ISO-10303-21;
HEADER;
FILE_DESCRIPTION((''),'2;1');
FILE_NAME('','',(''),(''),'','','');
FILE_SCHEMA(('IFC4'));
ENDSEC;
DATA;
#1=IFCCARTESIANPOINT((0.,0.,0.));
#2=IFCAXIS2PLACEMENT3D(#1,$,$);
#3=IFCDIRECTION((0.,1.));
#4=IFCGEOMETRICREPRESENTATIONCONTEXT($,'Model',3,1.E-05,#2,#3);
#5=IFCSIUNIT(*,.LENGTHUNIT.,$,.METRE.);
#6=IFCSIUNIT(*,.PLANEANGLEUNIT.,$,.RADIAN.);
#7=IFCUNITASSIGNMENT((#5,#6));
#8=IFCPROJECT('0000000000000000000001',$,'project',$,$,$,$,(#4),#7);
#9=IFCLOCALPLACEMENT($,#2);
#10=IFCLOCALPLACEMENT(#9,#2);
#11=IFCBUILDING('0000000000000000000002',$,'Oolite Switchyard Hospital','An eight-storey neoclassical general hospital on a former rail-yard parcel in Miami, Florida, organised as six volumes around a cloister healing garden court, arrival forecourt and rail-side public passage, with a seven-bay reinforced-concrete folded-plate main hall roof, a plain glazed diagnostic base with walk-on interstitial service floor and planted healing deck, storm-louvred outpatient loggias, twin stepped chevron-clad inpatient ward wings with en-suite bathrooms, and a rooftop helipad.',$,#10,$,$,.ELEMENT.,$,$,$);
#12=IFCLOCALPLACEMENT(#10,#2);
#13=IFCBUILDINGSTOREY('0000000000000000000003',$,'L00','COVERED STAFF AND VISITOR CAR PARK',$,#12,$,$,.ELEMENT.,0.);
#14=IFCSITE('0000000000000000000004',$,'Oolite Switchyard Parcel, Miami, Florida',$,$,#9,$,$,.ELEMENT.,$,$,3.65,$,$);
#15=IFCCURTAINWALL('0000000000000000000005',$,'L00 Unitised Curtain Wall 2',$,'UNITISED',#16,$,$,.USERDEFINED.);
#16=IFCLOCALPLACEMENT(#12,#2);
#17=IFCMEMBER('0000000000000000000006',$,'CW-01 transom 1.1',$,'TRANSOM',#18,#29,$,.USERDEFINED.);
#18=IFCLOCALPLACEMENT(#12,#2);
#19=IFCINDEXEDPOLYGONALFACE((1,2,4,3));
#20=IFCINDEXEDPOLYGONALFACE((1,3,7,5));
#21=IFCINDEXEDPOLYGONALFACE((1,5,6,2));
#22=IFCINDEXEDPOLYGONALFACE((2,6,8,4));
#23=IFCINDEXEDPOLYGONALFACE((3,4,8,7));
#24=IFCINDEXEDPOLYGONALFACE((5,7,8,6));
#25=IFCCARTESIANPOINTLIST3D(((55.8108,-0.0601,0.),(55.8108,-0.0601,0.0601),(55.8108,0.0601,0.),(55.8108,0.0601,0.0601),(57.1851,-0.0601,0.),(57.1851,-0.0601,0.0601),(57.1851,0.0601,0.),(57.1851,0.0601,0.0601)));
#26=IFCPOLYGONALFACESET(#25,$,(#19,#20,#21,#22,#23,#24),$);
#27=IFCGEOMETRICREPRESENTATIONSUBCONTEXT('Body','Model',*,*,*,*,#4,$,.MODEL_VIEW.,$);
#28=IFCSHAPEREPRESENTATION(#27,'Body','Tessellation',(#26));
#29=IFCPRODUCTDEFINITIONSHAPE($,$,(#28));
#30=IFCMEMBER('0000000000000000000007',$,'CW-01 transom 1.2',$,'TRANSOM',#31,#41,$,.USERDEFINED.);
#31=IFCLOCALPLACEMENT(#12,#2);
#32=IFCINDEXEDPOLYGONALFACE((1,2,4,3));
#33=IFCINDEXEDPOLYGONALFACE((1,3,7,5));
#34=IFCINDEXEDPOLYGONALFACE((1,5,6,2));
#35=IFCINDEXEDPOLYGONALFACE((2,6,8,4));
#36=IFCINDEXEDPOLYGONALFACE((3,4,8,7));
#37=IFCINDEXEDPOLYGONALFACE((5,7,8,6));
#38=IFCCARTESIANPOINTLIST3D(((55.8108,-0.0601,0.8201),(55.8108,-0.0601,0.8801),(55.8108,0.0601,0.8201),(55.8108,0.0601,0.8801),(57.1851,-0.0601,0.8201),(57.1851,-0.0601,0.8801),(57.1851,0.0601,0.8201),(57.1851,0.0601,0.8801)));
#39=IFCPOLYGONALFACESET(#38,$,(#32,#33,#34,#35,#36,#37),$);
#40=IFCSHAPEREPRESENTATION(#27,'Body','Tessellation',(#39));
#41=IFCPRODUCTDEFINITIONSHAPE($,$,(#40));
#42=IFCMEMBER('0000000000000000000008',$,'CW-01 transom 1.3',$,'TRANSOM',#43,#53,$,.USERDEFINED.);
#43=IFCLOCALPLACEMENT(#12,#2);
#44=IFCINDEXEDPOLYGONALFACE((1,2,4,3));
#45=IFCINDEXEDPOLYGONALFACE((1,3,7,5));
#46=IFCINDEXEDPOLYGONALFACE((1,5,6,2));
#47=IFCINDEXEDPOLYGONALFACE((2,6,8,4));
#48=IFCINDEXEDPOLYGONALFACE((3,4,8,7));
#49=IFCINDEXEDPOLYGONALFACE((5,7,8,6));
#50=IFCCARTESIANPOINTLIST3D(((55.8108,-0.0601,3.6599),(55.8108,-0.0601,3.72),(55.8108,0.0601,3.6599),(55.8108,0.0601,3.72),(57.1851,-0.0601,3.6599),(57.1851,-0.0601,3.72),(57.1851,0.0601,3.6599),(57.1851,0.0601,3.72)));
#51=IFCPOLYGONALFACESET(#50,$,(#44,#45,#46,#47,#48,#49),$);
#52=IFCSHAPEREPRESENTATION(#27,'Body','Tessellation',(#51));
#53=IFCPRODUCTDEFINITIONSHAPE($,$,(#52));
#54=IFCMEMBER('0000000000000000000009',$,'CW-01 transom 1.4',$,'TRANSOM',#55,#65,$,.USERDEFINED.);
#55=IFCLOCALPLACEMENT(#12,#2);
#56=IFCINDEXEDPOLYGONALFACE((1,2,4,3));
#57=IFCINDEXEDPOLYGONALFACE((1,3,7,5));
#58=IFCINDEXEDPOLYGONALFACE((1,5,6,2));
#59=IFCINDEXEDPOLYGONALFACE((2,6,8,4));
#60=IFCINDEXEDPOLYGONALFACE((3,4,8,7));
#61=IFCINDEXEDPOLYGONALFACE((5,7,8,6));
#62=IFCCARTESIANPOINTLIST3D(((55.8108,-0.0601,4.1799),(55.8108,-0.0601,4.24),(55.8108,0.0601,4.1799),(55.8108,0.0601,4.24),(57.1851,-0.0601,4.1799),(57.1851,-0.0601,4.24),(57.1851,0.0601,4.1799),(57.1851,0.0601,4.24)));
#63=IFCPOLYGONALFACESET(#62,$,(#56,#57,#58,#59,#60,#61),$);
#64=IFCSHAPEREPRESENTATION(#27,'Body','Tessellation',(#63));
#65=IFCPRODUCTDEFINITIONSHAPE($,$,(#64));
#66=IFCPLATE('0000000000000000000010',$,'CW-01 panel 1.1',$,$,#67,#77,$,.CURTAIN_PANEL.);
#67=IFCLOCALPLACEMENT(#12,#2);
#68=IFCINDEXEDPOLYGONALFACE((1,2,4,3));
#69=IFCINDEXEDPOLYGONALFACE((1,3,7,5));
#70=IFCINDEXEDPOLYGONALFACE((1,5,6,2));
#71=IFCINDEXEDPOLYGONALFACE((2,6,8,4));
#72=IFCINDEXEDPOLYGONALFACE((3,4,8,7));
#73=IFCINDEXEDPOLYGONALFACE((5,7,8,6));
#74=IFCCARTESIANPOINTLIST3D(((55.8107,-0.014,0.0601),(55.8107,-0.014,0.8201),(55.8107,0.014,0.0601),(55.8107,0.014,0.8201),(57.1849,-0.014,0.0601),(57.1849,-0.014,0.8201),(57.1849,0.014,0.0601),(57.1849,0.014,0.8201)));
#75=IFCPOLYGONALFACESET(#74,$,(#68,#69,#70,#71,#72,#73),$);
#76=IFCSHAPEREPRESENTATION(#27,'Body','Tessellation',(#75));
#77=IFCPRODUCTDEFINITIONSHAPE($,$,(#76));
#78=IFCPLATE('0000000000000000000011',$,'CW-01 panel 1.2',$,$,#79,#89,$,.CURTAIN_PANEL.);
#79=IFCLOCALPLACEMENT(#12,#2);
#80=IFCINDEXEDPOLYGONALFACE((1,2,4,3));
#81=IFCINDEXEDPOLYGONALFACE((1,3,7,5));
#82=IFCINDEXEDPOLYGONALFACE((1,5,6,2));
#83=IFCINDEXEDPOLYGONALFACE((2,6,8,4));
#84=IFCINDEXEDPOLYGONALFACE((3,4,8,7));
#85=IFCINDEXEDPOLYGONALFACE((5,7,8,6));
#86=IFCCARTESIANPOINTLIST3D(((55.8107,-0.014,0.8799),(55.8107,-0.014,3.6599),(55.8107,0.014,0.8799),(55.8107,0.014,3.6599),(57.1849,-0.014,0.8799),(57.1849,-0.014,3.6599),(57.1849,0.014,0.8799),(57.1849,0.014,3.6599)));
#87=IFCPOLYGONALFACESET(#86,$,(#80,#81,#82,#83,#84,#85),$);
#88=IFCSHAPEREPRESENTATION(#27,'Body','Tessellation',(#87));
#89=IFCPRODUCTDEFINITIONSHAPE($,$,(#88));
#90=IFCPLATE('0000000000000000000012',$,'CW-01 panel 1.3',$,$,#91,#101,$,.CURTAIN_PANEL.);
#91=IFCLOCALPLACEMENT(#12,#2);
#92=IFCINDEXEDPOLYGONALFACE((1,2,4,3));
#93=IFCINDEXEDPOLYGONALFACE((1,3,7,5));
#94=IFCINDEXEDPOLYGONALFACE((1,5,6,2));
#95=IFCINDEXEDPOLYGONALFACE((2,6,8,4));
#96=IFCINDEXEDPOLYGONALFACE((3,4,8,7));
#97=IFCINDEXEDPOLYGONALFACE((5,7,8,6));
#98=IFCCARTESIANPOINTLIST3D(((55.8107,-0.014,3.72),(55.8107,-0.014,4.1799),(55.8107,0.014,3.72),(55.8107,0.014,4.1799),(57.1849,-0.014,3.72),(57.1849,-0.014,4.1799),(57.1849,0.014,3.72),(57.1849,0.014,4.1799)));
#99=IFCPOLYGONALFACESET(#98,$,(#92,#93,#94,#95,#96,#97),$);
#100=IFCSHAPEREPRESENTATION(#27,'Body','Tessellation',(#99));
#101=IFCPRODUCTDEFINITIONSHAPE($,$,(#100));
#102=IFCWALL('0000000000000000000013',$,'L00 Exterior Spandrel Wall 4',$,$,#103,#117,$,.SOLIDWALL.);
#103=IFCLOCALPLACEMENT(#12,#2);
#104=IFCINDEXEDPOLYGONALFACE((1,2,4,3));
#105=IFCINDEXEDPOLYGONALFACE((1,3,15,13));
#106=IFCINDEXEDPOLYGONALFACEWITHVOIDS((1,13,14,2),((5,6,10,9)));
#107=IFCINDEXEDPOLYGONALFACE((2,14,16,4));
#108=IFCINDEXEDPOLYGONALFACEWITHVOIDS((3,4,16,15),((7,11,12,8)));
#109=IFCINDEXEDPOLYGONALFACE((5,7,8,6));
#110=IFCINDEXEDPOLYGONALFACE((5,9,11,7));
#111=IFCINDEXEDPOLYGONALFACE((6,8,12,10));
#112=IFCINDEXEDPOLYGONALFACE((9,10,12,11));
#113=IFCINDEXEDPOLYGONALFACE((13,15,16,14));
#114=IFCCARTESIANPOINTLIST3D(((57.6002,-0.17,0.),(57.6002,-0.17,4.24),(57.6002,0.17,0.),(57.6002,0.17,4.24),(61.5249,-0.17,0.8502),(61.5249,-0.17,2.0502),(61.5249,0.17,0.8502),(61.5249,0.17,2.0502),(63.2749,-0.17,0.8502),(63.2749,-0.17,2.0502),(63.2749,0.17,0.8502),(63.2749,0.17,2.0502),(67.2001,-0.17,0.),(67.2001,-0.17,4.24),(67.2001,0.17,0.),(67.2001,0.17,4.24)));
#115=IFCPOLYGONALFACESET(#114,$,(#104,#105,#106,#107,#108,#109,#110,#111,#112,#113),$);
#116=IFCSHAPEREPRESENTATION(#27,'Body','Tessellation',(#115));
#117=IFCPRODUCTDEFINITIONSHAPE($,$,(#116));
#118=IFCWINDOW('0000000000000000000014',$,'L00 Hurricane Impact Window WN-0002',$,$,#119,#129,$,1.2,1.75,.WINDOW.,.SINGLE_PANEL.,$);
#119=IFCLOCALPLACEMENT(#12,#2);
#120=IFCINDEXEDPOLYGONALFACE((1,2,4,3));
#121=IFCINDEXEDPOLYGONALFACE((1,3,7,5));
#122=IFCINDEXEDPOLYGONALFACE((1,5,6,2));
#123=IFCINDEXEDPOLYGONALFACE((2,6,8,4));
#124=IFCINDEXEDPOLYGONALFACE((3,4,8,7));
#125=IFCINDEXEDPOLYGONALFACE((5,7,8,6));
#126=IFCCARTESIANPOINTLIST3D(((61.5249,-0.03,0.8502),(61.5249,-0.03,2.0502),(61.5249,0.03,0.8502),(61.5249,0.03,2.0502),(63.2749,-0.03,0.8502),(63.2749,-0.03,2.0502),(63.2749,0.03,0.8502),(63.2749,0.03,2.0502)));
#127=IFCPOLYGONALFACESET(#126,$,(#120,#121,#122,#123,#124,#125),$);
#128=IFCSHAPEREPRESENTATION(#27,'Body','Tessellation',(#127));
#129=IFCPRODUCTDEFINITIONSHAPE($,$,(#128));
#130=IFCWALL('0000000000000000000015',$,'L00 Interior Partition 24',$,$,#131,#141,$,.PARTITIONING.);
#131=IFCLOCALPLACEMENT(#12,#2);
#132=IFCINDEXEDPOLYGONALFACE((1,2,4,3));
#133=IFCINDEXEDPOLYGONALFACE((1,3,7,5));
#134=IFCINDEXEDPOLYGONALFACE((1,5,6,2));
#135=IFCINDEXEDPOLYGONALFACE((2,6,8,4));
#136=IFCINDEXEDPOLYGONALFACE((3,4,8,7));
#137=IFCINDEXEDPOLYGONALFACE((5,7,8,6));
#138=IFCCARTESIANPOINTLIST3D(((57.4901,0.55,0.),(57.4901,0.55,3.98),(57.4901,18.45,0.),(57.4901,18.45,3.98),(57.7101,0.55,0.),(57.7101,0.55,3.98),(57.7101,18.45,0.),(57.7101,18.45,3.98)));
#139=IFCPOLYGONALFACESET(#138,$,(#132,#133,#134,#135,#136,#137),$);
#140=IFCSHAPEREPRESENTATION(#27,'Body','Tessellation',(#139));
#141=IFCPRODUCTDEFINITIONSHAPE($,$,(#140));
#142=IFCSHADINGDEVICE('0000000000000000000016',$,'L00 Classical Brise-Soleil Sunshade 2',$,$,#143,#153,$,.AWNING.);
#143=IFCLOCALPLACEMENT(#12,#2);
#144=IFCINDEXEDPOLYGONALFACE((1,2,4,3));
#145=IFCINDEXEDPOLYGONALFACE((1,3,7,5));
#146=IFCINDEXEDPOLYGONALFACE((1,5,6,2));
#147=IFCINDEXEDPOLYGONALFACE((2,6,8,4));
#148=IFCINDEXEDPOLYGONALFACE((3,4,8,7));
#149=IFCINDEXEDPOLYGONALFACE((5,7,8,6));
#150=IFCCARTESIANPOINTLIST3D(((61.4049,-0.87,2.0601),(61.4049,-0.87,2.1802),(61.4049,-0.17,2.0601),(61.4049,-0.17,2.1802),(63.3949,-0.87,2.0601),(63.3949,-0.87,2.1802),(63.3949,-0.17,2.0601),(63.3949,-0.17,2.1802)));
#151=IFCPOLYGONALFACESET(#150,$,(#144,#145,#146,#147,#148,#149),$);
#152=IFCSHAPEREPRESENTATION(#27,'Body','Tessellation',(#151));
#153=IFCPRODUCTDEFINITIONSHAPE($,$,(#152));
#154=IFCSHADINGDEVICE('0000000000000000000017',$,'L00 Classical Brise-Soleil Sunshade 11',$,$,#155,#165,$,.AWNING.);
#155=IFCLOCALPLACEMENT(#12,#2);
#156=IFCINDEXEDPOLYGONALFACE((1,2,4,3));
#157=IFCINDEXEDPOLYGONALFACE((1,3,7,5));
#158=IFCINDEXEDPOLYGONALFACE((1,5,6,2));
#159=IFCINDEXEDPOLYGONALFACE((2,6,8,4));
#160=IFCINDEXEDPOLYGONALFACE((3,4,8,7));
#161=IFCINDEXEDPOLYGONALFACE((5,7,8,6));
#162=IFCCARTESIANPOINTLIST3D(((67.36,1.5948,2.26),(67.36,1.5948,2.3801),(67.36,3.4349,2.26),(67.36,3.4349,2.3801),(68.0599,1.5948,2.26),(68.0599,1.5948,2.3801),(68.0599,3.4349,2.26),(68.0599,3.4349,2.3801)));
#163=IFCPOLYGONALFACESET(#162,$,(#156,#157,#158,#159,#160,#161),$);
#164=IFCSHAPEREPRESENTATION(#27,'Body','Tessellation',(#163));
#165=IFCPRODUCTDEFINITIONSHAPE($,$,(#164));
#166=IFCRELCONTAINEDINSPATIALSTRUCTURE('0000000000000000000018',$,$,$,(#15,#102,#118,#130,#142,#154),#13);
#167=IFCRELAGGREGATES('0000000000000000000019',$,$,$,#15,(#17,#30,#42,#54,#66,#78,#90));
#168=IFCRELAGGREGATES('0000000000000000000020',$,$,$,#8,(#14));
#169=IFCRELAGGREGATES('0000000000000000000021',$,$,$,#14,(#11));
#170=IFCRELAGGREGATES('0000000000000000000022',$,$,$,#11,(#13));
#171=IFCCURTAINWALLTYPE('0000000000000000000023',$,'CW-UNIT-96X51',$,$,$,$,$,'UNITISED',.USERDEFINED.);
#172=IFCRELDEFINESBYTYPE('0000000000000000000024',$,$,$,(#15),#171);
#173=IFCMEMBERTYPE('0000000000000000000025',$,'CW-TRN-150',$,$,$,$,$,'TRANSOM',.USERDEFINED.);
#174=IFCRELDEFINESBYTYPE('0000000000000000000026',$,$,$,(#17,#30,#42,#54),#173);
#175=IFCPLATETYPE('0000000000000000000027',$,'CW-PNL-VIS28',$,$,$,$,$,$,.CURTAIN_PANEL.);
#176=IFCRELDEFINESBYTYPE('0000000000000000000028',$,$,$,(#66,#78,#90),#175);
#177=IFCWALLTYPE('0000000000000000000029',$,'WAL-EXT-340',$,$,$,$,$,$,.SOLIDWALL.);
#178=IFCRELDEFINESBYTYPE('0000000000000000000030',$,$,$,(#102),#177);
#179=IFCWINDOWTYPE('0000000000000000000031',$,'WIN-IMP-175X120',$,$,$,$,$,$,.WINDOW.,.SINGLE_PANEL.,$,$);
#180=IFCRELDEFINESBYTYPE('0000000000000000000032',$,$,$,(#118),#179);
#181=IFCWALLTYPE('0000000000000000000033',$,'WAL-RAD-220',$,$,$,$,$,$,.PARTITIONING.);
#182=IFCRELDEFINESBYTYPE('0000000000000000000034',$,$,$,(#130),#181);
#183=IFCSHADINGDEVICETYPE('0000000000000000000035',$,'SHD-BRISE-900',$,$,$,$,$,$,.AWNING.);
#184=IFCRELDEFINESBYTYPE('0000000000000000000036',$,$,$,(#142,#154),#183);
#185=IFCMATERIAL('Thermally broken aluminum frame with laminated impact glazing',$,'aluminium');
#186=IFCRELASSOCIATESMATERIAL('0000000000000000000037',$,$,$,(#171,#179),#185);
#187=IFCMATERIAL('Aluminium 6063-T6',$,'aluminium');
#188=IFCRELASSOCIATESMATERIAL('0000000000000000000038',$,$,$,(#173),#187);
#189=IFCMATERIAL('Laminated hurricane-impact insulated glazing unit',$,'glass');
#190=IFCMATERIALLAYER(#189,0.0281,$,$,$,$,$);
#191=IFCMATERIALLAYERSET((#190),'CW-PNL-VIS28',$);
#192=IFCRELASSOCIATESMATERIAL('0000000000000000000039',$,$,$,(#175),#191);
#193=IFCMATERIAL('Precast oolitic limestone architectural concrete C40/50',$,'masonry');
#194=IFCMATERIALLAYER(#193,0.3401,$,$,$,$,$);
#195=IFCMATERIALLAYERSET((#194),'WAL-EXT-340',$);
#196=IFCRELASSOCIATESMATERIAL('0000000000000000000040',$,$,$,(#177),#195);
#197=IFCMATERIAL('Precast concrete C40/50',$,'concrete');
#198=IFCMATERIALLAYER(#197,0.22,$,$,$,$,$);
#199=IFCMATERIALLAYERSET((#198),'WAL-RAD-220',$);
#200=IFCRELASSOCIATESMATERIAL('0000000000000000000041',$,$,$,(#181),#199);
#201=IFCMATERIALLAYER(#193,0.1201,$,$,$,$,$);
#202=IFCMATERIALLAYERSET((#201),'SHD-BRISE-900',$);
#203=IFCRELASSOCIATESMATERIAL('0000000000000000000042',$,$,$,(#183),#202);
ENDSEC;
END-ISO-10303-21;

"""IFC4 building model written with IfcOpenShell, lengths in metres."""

from ifc_helpers import new_model, si_unit, direction, frame, frame_2d, origin, origin_2d, place, context, subcontext, project, spatial, rectangle, extrude, material, layer, layer_set, material_profile, profile_set, type_object, element, fill, aggregate, save


model = new_model("IFC4")

# Units and contexts
model_context = context("Model", 3, precision=1e-05, world=origin(), true_north=direction((0.0, 1.0)))
body_context = subcontext(model_context, "Body", "Model", "MODEL_VIEW")
ifc_project = project(units=[si_unit("LENGTHUNIT", "METRE"), si_unit("PLANEANGLEUNIT", "RADIAN")], contexts=[model_context])

# Site, building, storey
site_placement = place(None, origin())
site = spatial("IfcSite", under=ifc_project, at=site_placement, Name="Oolite Switchyard Parcel, Miami, Florida", CompositionType="ELEMENT", RefElevation=3.65)
building_placement = place(site_placement, origin())
building = spatial("IfcBuilding", under=site, at=building_placement, Name="Oolite Switchyard Hospital", Description="An eight-storey neoclassical general hospital on a former rail-yard parcel in Miami, Florida, organised as six volumes around a cloister healing garden court, arrival forecourt and rail-side public passage, with a seven-bay reinforced-concrete folded-plate main hall roof, a plain glazed diagnostic base with walk-on interstitial service floor and planted healing deck, storm-louvred outpatient loggias, twin stepped chevron-clad inpatient ward wings with en-suite bathrooms, and a rooftop helipad.", CompositionType="ELEMENT")
storey_placement = place(building_placement, origin())
storey = spatial("IfcBuildingStorey", under=building, at=storey_placement, Name="L00", Description="COVERED STAFF AND VISITOR CAR PARK", CompositionType="ELEMENT", Elevation=0.0)

# Curtain wall, members, plates
ifc_material_1 = material(Name="Thermally broken aluminum frame with laminated impact glazing", Category="aluminium")
curtain_wall_type = type_object("IfcCurtainWallType", Name="CW-UNIT-96X51", ElementType="UNITISED", PredefinedType="USERDEFINED", material=ifc_material_1)
curtain_wall_placement = place(storey_placement, origin())
curtain_wall = element("IfcCurtainWall", 1, at=curtain_wall_placement, inside=storey, type_object=curtain_wall_type, Name="L00 Unitised Curtain Wall 2", ObjectType="UNITISED", PredefinedType="USERDEFINED")
ifc_material_2 = material(Name="Aluminium 6063-T6", Category="aluminium")
ifc_material_profile_1 = material_profile(ifc_material_2, rectangle(XDim=0.1201, YDim=0.0601, at=origin_2d()), Name="CWT60X120")
ifc_profile_set_1 = profile_set([ifc_material_profile_1], Name="Aluminium 6063-T6")
member_type_1 = type_object("IfcMemberType", Name="CW-TRN-150", ElementType="TRANSOM", PredefinedType="USERDEFINED", material=ifc_profile_set_1)
member_1_placement = place(storey_placement, frame((57.1851, 0.0, 0.03), z_axis=(-1.0, 0.0, 0.0), x_axis=(0.0, -1.0, 0.0)))
member_1 = element("IfcMember", 2, at=member_1_placement, type_object=member_type_1, Name="CW-01 transom 1.1", ObjectType="TRANSOM", PredefinedType="USERDEFINED", context=body_context, shape_type="SweptSolid", body=[
    extrude(rectangle(XDim=0.1201, YDim=0.0601, at=origin_2d()), origin(), (0.0, 0.0, 1.0), 1.3743),
])
member_2_placement = place(storey_placement, frame((57.1851, 0.0, 0.8501), z_axis=(-1.0, 0.0, 0.0), x_axis=(0.0, -1.0, 0.0)))
member_2 = element("IfcMember", 3, at=member_2_placement, type_object=member_type_1, Name="CW-01 transom 1.2", ObjectType="TRANSOM", PredefinedType="USERDEFINED", context=body_context, shape_type="SweptSolid", body=[
    extrude(rectangle(XDim=0.1201, YDim=0.0601, at=origin_2d()), origin(), (0.0, 0.0, 1.0), 1.3743),
])
member_3_placement = place(storey_placement, frame((57.1851, 0.0, 3.6899), z_axis=(-1.0, 0.0, 0.0), x_axis=(0.0, -1.0, 0.0)))
member_3 = element("IfcMember", 4, at=member_3_placement, type_object=member_type_1, Name="CW-01 transom 1.3", ObjectType="TRANSOM", PredefinedType="USERDEFINED", context=body_context, shape_type="SweptSolid", body=[
    extrude(rectangle(XDim=0.1201, YDim=0.0601, at=origin_2d()), origin(), (0.0, 0.0, 1.0), 1.3743),
])
member_4_placement = place(storey_placement, frame((57.1851, 0.0, 4.21), z_axis=(-1.0, 0.0, 0.0), x_axis=(0.0, -1.0, 0.0)))
member_4 = element("IfcMember", 5, at=member_4_placement, type_object=member_type_1, Name="CW-01 transom 1.4", ObjectType="TRANSOM", PredefinedType="USERDEFINED", context=body_context, shape_type="SweptSolid", body=[
    extrude(rectangle(XDim=0.1201, YDim=0.0601, at=origin_2d()), origin(), (0.0, 0.0, 1.0), 1.3743),
])
ifc_material_3 = material(Name="Laminated hurricane-impact insulated glazing unit", Category="glass")
ifc_layer_1 = layer(ifc_material_3, 0.0281)
ifc_layer_set_1 = layer_set([ifc_layer_1], Name="CW-PNL-VIS28")
plate_type = type_object("IfcPlateType", Name="CW-PNL-VIS28", PredefinedType="CURTAIN_PANEL", material=ifc_layer_set_1)
plate_1_placement = place(storey_placement, frame((56.4978, 0.0, 0.0601), z_axis=(0.0, 0.0, 1.0), x_axis=(-1.0, 0.0, 0.0)))
plate_1 = element("IfcPlate", 6, at=plate_1_placement, type_object=plate_type, Name="CW-01 panel 1.1", PredefinedType="CURTAIN_PANEL", context=body_context, shape_type="SweptSolid", body=[
    extrude(rectangle(XDim=1.3743, YDim=0.0281, at=origin_2d()), origin(), (0.0, 0.0, 1.0), 0.76),
])
plate_2_placement = place(storey_placement, frame((56.4978, 0.0, 0.8799), z_axis=(0.0, 0.0, 1.0), x_axis=(-1.0, 0.0, 0.0)))
plate_2 = element("IfcPlate", 7, at=plate_2_placement, type_object=plate_type, Name="CW-01 panel 1.2", PredefinedType="CURTAIN_PANEL", context=body_context, shape_type="SweptSolid", body=[
    extrude(rectangle(XDim=1.3743, YDim=0.0281, at=origin_2d()), origin(), (0.0, 0.0, 1.0), 2.78),
])
plate_3_placement = place(storey_placement, frame((56.4978, 0.0, 3.72), z_axis=(0.0, 0.0, 1.0), x_axis=(-1.0, 0.0, 0.0)))
plate_3 = element("IfcPlate", 8, at=plate_3_placement, type_object=plate_type, Name="CW-01 panel 1.3", PredefinedType="CURTAIN_PANEL", context=body_context, shape_type="SweptSolid", body=[
    extrude(rectangle(XDim=1.3743, YDim=0.0281, at=origin_2d()), origin(), (0.0, 0.0, 1.0), 0.46),
])
aggregate(curtain_wall, [member_1, member_2, member_3, member_4, plate_1, plate_2, plate_3])

# Wall, opening, window
ifc_material_4 = material(Name="Precast oolitic limestone architectural concrete C40/50", Category="masonry")
ifc_layer_2 = layer(ifc_material_4, 0.3401)
ifc_layer_set_2 = layer_set([ifc_layer_2], Name="WAL-EXT-340")
wall_type_1 = type_object("IfcWallType", Name="WAL-EXT-340", PredefinedType="SOLIDWALL", material=ifc_layer_set_2)
wall_1_placement = place(storey_placement, frame((67.2, 0.0, 0.0), z_axis=(0.0, 0.0, 1.0), x_axis=(-1.0, 0.0, 0.0)))
wall_1 = element("IfcWall", 9, at=wall_1_placement, inside=storey, type_object=wall_type_1, Name="L00 Exterior Spandrel Wall 4", PredefinedType="SOLIDWALL", context=body_context, shape_type="SweptSolid", body=[
    extrude(rectangle(XDim=9.5999, YDim=0.3401, at=frame_2d((4.7998, 0.0))), origin(), (0.0, 0.0, 1.0), 4.24),
])
opening_placement = place(wall_1_placement, frame((3.925, 0.0, 0.8501)))
opening = element("IfcOpeningElement", 10, at=opening_placement, cuts=wall_1, PredefinedType="OPENING", context=body_context, shape_type="SweptSolid", body=[
    extrude(rectangle(XDim=1.75, YDim=1.2, at=frame_2d((0.875, 0.6001))), frame((0.0, 0.1802, 0.0), z_axis=(0.0, -1.0, 0.0), x_axis=(1.0, 0.0, 0.0)), (0.0, 0.0, 1.0), 0.3601),
])
window_type = type_object("IfcWindowType", Name="WIN-IMP-175X120", PartitioningType="SINGLE_PANEL", PredefinedType="WINDOW", material=ifc_material_1)
window_placement = place(opening_placement, origin())
window = element("IfcWindow", 11, at=window_placement, inside=storey, type_object=window_type, Name="L00 Hurricane Impact Window WN-0002", OverallHeight=1.2, OverallWidth=1.75, PartitioningType="SINGLE_PANEL", PredefinedType="WINDOW", context=body_context, shape_type="SweptSolid", body=[
    extrude(rectangle(XDim=1.75, YDim=1.2, at=frame_2d((0.875, 0.6001))), frame((0.0, 0.03, 0.0), z_axis=(0.0, -1.0, 0.0), x_axis=(1.0, 0.0, 0.0)), (0.0, 0.0, 1.0), 0.0601),
])
fill(opening, window)

# Wall
ifc_material_5 = material(Name="Precast concrete C40/50", Category="concrete")
ifc_layer_3 = layer(ifc_material_5, 0.22)
ifc_layer_set_3 = layer_set([ifc_layer_3], Name="WAL-RAD-220")
wall_type_2 = type_object("IfcWallType", Name="WAL-RAD-220", PredefinedType="PARTITIONING", material=ifc_layer_set_3)
wall_2_placement = place(storey_placement, frame((57.6001, 0.55, 0.0), z_axis=(0.0, 0.0, 1.0), x_axis=(0.0, 1.0, 0.0)))
element("IfcWall", 12, at=wall_2_placement, inside=storey, type_object=wall_type_2, Name="L00 Interior Partition 24", PredefinedType="PARTITIONING", context=body_context, shape_type="SweptSolid", body=[
    extrude(rectangle(XDim=17.8999, YDim=0.22, at=frame_2d((8.95, 0.0))), origin(), (0.0, 0.0, 1.0), 3.98),
])

# Shading devices
ifc_layer_4 = layer(ifc_material_4, 0.1201)
ifc_layer_set_4 = layer_set([ifc_layer_4], Name="SHD-BRISE-900")
shading_device_type = type_object("IfcShadingDeviceType", Name="SHD-BRISE-900", PredefinedType="AWNING", material=ifc_layer_set_4)
shading_device_1_placement = place(storey_placement, frame((62.3999, -0.52, 2.0601), z_axis=(0.0, 0.0, 1.0), x_axis=(1.0, 0.0, 0.0)))
element("IfcShadingDevice", 13, at=shading_device_1_placement, inside=storey, type_object=shading_device_type, Name="L00 Classical Brise-Soleil Sunshade 2", PredefinedType="AWNING", context=body_context, shape_type="SweptSolid", body=[
    extrude(rectangle(XDim=1.99, YDim=0.7, at=origin_2d()), origin(), (0.0, 0.0, 1.0), 0.1201),
])
shading_device_2_placement = place(storey_placement, frame((67.71, 2.5149, 2.26), z_axis=(0.0, 0.0, 1.0), x_axis=(0.0, 1.0, 0.0)))
element("IfcShadingDevice", 14, at=shading_device_2_placement, inside=storey, type_object=shading_device_type, Name="L00 Classical Brise-Soleil Sunshade 11", PredefinedType="AWNING", context=body_context, shape_type="SweptSolid", body=[
    extrude(rectangle(XDim=1.8401, YDim=0.7, at=origin_2d()), origin(), (0.0, 0.0, 1.0), 0.1201),
])

save(model, "model.ifc")
